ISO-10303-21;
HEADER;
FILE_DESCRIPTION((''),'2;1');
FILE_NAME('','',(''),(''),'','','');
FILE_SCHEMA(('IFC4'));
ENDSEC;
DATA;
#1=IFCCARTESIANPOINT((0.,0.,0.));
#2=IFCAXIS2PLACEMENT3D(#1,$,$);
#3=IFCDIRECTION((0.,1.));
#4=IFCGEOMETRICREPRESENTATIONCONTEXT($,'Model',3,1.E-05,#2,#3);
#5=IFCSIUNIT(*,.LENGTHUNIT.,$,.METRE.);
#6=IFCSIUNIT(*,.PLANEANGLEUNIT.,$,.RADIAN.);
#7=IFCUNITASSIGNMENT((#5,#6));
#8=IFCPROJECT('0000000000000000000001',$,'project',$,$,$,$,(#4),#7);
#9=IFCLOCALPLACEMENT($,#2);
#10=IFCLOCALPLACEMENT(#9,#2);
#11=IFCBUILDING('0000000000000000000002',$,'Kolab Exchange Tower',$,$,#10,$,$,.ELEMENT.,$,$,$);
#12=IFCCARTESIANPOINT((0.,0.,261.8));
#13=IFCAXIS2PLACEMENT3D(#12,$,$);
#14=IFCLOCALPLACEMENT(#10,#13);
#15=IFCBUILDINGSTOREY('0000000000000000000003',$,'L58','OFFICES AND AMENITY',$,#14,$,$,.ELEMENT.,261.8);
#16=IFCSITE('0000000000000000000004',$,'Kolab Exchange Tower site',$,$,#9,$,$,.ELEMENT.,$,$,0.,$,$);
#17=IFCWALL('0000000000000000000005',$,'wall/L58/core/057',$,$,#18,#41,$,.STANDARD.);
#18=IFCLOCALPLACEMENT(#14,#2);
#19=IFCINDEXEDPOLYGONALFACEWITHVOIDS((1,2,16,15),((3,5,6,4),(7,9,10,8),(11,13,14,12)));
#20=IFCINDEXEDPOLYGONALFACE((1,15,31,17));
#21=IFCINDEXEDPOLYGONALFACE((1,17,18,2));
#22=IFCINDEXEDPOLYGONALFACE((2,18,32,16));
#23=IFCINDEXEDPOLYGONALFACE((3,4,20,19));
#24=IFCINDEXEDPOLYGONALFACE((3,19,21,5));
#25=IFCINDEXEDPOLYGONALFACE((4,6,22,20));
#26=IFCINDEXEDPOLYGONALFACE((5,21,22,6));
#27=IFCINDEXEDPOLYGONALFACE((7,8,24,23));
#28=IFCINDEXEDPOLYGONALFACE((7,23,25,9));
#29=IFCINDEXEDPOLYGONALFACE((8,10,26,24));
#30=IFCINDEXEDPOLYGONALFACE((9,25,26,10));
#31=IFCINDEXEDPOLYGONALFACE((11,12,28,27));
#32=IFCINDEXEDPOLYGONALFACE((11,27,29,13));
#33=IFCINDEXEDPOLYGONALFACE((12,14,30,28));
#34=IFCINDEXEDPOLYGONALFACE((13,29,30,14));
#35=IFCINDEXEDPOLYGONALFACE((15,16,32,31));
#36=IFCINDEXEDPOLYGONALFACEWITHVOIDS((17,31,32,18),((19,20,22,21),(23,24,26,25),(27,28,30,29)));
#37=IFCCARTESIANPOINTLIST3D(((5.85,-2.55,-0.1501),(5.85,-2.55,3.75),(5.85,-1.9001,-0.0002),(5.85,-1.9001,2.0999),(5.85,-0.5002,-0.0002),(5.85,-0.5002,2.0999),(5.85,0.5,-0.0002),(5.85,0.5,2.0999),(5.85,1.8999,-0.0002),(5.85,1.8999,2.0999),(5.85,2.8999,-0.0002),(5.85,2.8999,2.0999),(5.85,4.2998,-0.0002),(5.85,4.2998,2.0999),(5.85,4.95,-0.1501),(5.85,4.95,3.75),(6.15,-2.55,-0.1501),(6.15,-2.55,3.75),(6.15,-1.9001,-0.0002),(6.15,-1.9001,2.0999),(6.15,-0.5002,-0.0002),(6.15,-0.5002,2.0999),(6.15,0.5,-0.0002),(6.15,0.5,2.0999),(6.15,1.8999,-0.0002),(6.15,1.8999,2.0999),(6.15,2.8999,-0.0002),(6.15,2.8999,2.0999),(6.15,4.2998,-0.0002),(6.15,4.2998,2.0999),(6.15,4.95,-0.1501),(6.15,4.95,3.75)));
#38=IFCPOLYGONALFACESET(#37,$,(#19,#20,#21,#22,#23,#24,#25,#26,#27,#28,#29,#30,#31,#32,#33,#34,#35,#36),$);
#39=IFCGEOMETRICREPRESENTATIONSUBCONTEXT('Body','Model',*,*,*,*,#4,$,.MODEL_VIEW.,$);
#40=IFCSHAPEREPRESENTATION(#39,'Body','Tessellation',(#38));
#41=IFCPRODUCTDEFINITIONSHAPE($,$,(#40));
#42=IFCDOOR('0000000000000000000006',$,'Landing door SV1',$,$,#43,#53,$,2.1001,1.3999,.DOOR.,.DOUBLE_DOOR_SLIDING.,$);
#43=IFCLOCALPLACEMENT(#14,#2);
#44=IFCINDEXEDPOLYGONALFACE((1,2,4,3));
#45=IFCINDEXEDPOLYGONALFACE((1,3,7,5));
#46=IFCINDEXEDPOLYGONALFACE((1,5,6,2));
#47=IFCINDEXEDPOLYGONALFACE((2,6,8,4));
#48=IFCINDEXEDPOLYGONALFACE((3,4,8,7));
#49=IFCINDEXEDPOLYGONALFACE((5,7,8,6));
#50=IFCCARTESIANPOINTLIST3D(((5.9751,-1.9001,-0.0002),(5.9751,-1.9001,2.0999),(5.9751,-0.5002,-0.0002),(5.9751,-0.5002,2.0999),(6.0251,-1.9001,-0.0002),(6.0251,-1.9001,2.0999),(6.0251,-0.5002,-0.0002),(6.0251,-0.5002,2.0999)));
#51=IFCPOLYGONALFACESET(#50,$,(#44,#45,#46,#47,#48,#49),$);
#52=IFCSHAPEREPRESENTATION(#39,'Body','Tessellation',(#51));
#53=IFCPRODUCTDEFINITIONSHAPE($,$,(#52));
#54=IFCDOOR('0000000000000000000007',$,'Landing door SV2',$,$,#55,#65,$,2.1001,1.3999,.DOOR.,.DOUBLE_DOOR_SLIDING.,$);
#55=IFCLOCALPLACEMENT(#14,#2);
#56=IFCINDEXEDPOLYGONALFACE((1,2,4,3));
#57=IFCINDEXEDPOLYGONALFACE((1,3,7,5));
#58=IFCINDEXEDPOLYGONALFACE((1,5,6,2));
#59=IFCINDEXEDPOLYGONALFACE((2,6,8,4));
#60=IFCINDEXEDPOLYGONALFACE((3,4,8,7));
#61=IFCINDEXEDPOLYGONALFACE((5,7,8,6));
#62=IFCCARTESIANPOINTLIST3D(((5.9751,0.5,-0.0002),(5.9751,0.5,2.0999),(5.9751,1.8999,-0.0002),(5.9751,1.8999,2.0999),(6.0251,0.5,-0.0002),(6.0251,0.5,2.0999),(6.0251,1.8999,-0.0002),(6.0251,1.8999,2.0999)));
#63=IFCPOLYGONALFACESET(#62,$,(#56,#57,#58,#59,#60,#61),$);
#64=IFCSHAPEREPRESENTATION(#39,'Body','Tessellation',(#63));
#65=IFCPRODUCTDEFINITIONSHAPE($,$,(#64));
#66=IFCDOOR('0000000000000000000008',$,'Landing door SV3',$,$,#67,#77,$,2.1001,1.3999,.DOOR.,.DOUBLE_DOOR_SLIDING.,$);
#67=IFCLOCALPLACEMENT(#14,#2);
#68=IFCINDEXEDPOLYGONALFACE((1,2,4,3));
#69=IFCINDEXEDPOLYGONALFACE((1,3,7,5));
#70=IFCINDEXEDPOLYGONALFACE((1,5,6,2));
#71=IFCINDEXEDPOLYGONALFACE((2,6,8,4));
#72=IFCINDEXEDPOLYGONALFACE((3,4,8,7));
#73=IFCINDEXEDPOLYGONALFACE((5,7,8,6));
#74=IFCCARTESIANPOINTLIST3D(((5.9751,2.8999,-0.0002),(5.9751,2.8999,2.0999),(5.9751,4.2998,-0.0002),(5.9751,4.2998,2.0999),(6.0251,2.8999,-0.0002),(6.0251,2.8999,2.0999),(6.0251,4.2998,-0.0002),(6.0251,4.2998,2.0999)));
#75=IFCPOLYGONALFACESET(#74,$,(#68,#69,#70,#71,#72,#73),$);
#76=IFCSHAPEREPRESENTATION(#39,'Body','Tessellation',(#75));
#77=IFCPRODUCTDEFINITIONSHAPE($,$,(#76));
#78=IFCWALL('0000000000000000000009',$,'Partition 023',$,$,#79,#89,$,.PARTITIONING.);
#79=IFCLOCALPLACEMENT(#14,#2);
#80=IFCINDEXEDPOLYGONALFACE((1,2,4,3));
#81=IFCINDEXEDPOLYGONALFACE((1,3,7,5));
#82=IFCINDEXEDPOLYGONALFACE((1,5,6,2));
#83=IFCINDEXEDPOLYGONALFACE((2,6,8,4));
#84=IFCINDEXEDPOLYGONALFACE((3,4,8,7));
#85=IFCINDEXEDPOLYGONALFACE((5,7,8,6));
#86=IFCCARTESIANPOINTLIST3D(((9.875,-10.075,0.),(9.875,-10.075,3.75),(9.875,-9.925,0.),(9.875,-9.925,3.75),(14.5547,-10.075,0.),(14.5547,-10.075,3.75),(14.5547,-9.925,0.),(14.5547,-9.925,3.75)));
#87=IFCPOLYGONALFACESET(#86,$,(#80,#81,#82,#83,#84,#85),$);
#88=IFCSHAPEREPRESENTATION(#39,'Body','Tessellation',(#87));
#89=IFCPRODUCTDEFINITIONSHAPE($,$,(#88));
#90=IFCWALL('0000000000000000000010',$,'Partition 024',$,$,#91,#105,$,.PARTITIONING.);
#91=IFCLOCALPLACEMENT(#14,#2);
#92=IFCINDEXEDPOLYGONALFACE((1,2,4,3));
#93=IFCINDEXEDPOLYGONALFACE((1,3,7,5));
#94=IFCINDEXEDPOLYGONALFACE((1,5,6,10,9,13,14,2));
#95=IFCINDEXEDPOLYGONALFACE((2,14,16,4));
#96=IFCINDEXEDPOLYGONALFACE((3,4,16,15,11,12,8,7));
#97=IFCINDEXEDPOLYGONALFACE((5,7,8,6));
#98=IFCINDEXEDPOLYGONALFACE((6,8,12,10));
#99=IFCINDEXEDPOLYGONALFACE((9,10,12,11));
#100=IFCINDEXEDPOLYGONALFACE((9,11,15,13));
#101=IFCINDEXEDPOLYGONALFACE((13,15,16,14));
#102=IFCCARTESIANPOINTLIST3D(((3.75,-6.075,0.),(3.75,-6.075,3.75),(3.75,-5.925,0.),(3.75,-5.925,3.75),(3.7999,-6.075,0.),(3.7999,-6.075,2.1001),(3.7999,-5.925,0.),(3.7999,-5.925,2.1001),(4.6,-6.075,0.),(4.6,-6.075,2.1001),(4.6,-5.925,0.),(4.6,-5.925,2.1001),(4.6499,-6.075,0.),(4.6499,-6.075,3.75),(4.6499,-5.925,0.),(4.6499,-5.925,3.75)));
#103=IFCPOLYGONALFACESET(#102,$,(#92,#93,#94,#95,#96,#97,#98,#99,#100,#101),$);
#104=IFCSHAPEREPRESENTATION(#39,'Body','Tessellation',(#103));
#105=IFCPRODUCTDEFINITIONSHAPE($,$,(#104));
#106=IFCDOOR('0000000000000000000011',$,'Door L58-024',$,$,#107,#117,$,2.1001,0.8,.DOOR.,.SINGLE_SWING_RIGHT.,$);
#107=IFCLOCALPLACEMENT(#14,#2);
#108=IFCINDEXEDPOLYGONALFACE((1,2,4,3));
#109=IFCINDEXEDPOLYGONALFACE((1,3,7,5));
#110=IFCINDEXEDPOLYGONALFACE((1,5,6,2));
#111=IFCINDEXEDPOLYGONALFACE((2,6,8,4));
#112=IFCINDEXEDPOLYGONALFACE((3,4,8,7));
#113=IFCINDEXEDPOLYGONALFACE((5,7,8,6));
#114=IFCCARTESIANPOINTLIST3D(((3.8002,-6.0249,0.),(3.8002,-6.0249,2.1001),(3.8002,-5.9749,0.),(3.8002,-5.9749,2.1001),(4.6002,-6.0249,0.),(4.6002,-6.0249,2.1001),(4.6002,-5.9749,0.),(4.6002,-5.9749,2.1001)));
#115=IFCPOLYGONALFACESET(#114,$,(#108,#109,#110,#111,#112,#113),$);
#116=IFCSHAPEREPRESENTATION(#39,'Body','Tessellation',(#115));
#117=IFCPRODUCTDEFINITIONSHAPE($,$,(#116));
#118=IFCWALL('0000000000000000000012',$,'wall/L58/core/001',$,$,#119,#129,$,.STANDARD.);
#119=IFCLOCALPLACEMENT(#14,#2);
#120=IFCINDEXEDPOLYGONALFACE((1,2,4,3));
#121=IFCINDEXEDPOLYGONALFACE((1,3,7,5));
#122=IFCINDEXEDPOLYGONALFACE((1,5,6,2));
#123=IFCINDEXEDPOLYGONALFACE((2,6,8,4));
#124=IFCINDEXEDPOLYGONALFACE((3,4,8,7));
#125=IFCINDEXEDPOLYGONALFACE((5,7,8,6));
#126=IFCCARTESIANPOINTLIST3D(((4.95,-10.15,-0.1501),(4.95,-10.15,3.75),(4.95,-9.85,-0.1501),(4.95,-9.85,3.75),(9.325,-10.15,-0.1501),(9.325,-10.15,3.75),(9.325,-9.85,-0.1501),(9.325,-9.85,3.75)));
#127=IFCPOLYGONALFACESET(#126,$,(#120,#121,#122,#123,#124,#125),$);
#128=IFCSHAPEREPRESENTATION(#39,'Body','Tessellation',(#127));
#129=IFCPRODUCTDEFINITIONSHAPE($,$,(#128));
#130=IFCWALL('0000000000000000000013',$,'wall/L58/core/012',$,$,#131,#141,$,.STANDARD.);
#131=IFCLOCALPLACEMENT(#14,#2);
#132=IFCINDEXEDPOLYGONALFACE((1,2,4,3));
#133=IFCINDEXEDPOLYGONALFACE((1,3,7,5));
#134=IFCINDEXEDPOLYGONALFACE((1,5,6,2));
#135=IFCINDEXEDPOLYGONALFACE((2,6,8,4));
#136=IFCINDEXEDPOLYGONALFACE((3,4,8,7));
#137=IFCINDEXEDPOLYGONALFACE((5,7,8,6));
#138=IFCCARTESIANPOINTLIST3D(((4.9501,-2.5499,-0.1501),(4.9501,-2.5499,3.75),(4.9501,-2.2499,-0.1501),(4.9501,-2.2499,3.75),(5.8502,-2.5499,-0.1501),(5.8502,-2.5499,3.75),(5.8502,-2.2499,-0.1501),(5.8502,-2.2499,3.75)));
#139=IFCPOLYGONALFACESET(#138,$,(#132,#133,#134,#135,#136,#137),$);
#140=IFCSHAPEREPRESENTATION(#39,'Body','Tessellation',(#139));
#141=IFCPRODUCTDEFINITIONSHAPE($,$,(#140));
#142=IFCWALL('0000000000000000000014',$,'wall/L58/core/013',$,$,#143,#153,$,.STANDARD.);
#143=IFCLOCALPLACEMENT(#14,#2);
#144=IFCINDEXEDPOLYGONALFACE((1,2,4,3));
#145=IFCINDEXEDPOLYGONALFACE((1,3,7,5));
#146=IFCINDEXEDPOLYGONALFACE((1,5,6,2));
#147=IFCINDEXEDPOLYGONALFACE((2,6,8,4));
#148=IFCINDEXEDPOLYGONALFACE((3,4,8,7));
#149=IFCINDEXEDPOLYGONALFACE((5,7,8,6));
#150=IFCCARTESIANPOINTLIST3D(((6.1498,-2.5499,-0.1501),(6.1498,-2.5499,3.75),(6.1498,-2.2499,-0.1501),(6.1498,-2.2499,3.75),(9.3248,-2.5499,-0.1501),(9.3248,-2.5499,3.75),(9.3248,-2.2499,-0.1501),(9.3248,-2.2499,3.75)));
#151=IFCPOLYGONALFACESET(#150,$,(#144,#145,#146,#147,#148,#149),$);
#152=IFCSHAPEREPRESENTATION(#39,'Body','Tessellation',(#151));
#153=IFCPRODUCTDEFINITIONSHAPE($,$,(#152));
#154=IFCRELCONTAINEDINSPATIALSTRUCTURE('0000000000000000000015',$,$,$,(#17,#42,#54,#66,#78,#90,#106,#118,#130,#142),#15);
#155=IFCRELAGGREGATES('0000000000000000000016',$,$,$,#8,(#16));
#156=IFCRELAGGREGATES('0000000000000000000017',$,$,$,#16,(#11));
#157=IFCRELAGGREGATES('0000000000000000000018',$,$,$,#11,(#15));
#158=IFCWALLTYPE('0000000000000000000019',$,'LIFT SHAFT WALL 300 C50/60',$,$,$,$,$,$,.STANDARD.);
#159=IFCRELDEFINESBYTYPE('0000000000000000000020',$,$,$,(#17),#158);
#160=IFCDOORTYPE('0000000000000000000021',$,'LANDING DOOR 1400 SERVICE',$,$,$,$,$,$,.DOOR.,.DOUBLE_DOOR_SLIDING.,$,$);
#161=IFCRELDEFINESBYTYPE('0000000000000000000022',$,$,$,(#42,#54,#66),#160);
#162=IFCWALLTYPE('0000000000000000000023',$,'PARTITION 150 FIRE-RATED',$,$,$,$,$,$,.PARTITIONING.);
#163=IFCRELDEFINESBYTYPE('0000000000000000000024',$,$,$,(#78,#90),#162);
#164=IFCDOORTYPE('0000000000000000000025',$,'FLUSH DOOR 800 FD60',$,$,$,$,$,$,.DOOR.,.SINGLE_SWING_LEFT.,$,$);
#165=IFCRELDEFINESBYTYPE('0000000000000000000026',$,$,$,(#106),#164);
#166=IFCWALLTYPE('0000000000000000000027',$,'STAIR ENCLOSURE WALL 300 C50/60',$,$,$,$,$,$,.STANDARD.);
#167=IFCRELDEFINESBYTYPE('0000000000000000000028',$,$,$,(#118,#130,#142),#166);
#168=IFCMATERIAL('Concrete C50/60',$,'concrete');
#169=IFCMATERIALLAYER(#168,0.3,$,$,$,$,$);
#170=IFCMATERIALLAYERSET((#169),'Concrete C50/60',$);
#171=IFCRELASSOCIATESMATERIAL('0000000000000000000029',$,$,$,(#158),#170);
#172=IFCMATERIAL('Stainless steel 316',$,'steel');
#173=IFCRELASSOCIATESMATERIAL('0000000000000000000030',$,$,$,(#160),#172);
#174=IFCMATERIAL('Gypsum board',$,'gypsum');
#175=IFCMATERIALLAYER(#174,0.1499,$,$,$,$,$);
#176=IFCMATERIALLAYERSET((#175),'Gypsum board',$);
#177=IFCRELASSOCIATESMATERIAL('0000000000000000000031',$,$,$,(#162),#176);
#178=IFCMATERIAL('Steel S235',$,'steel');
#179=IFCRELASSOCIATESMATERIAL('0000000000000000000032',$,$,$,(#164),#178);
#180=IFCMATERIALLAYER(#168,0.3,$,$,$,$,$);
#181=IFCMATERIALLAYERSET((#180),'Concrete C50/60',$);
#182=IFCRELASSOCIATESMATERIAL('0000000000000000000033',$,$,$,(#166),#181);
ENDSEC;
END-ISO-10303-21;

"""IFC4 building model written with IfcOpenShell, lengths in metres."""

from ifc_helpers import new_model, si_unit, direction, frame, frame_2d, origin, place, context, subcontext, project, spatial, rectangle, extrude, material, layer, layer_set, type_object, element, fill, save


model = new_model("IFC4")

# Units and contexts
model_context = context("Model", 3, precision=1e-05, world=origin(), true_north=direction((0.0, 1.0)))
body_context = subcontext(model_context, "Body", "Model", "MODEL_VIEW")
ifc_project = project(units=[si_unit("LENGTHUNIT", "METRE"), si_unit("PLANEANGLEUNIT", "RADIAN")], contexts=[model_context])

# Site, building, storey
site_placement = place(None, origin())
site = spatial("IfcSite", under=ifc_project, at=site_placement, Name="Kolab Exchange Tower site", CompositionType="ELEMENT", RefElevation=0.0)
building_placement = place(site_placement, origin())
building = spatial("IfcBuilding", under=site, at=building_placement, Name="Kolab Exchange Tower", CompositionType="ELEMENT")
storey_placement = place(building_placement, frame((0.0, 0.0, 261.8)))
storey = spatial("IfcBuildingStorey", under=building, at=storey_placement, Name="L58", Description="OFFICES AND AMENITY", CompositionType="ELEMENT", Elevation=261.8)

# Shared definitions
ifc_material_1 = material(Name="Concrete C50/60", Category="concrete")
ifc_layer_1 = layer(ifc_material_1, 0.3)
ifc_layer_set_1 = layer_set([ifc_layer_1], Name="Concrete C50/60")
wall_type_1 = type_object("IfcWallType", Name="LIFT SHAFT WALL 300 C50/60", PredefinedType="STANDARD", material=ifc_layer_set_1)
ifc_material_2 = material(Name="Stainless steel 316", Category="steel")

# Wall, openings, doors
wall_1_placement = place(storey_placement, frame((6.0, -2.55, -0.1501), z_axis=(0.0, 0.0, 1.0), x_axis=(0.0, 1.0, 0.0)))
wall_1 = element("IfcWall", 1, at=wall_1_placement, inside=storey, type_object=wall_type_1, Name="wall/L58/core/057", PredefinedType="STANDARD", context=body_context, shape_type="SweptSolid", body=[
    extrude(rectangle(XDim=7.5, YDim=0.3, at=frame_2d((3.75, 0.0))), origin(), (0.0, 0.0, 1.0), 3.9001),
])
opening_1_placement = place(wall_1_placement, frame((0.6499, 0.0, 0.1499)))
opening_1 = element("IfcOpeningElement", 2, at=opening_1_placement, cuts=wall_1, PredefinedType="OPENING", context=body_context, shape_type="SweptSolid", body=[
    extrude(rectangle(XDim=1.3999, YDim=2.1001, at=frame_2d((0.7, 1.05))), frame((0.0, 0.1602, 0.0), z_axis=(0.0, -1.0, 0.0), x_axis=(1.0, 0.0, 0.0)), (0.0, 0.0, 1.0), 0.3201),
])
opening_2_placement = place(wall_1_placement, frame((3.05, 0.0, 0.1499)))
opening_2 = element("IfcOpeningElement", 3, at=opening_2_placement, cuts=wall_1, PredefinedType="OPENING", context=body_context, shape_type="SweptSolid", body=[
    extrude(rectangle(XDim=1.3999, YDim=2.1001, at=frame_2d((0.7, 1.05))), frame((0.0, 0.1602, 0.0), z_axis=(0.0, -1.0, 0.0), x_axis=(1.0, 0.0, 0.0)), (0.0, 0.0, 1.0), 0.3201),
])
opening_3_placement = place(wall_1_placement, frame((5.45, 0.0, 0.1499)))
opening_3 = element("IfcOpeningElement", 4, at=opening_3_placement, cuts=wall_1, PredefinedType="OPENING", context=body_context, shape_type="SweptSolid", body=[
    extrude(rectangle(XDim=1.3999, YDim=2.1001, at=frame_2d((0.7, 1.05))), frame((0.0, 0.1602, 0.0), z_axis=(0.0, -1.0, 0.0), x_axis=(1.0, 0.0, 0.0)), (0.0, 0.0, 1.0), 0.3201),
])
door_type_1 = type_object("IfcDoorType", Name="LANDING DOOR 1400 SERVICE", OperationType="DOUBLE_DOOR_SLIDING", PredefinedType="DOOR", material=ifc_material_2)
door_1_placement = place(opening_1_placement, origin())
door_1 = element("IfcDoor", 5, at=door_1_placement, inside=storey, type_object=door_type_1, Name="Landing door SV1", OperationType="DOUBLE_DOOR_SLIDING", OverallHeight=2.1001, OverallWidth=1.3999, PredefinedType="DOOR", context=body_context, shape_type="SweptSolid", body=[
    extrude(rectangle(XDim=1.3999, YDim=2.1001, at=frame_2d((0.7, 1.05))), frame((0.0, 0.0249, 0.0), z_axis=(0.0, -1.0, 0.0), x_axis=(1.0, 0.0, 0.0)), (0.0, 0.0, 1.0), 0.05),
])
fill(opening_1, door_1)
door_2_placement = place(opening_2_placement, origin())
door_2 = element("IfcDoor", 6, at=door_2_placement, inside=storey, type_object=door_type_1, Name="Landing door SV2", OperationType="DOUBLE_DOOR_SLIDING", OverallHeight=2.1001, OverallWidth=1.3999, PredefinedType="DOOR", context=body_context, shape_type="SweptSolid", body=[
    extrude(rectangle(XDim=1.3999, YDim=2.1001, at=frame_2d((0.7, 1.05))), frame((0.0, 0.0249, 0.0), z_axis=(0.0, -1.0, 0.0), x_axis=(1.0, 0.0, 0.0)), (0.0, 0.0, 1.0), 0.05),
])
fill(opening_2, door_2)
door_3_placement = place(opening_3_placement, origin())
door_3 = element("IfcDoor", 7, at=door_3_placement, inside=storey, type_object=door_type_1, Name="Landing door SV3", OperationType="DOUBLE_DOOR_SLIDING", OverallHeight=2.1001, OverallWidth=1.3999, PredefinedType="DOOR", context=body_context, shape_type="SweptSolid", body=[
    extrude(rectangle(XDim=1.3999, YDim=2.1001, at=frame_2d((0.7, 1.05))), frame((0.0, 0.0249, 0.0), z_axis=(0.0, -1.0, 0.0), x_axis=(1.0, 0.0, 0.0)), (0.0, 0.0, 1.0), 0.05),
])
fill(opening_3, door_3)

# Wall
ifc_material_3 = material(Name="Gypsum board", Category="gypsum")
ifc_layer_2 = layer(ifc_material_3, 0.1499)
ifc_layer_set_2 = layer_set([ifc_layer_2], Name="Gypsum board")
wall_type_2 = type_object("IfcWallType", Name="PARTITION 150 FIRE-RATED", PredefinedType="PARTITIONING", material=ifc_layer_set_2)
wall_2_placement = place(storey_placement, frame((9.875, -10.0, 0.0), z_axis=(0.0, 0.0, 1.0), x_axis=(1.0, 0.0, 0.0)))
element("IfcWall", 8, at=wall_2_placement, inside=storey, type_object=wall_type_2, Name="Partition 023", PredefinedType="PARTITIONING", context=body_context, shape_type="SweptSolid", body=[
    extrude(rectangle(XDim=4.6797, YDim=0.1499, at=frame_2d((2.3398, 0.0))), origin(), (0.0, 0.0, 1.0), 3.75),
])

# Wall, opening, door
wall_3_placement = place(storey_placement, frame((3.75, -6.0, 0.0), z_axis=(0.0, 0.0, 1.0), x_axis=(1.0, 0.0, 0.0)))
wall_3 = element("IfcWall", 9, at=wall_3_placement, inside=storey, type_object=wall_type_2, Name="Partition 024", PredefinedType="PARTITIONING", context=body_context, shape_type="SweptSolid", body=[
    extrude(rectangle(XDim=0.8999, YDim=0.1499, at=frame_2d((0.45, 0.0))), origin(), (0.0, 0.0, 1.0), 3.75),
])
opening_4_placement = place(wall_3_placement, frame((0.05, 0.0, 0.0)))
opening_4 = element("IfcOpeningElement", 10, at=opening_4_placement, cuts=wall_3, PredefinedType="OPENING", context=body_context, shape_type="SweptSolid", body=[
    extrude(rectangle(XDim=0.8, YDim=2.1001, at=frame_2d((0.3999, 1.05))), frame((0.0, 0.085, 0.0), z_axis=(0.0, -1.0, 0.0), x_axis=(1.0, 0.0, 0.0)), (0.0, 0.0, 1.0), 0.1699),
])
ifc_material_4 = material(Name="Steel S235", Category="steel")
door_type_2 = type_object("IfcDoorType", Name="FLUSH DOOR 800 FD60", OperationType="SINGLE_SWING_LEFT", PredefinedType="DOOR", material=ifc_material_4)
door_4_placement = place(opening_4_placement, frame((0.8, 0.0, 0.0), z_axis=(0.0, 0.0, 1.0), x_axis=(-1.0, 0.0, 0.0)))
door_4 = element("IfcDoor", 11, at=door_4_placement, inside=storey, type_object=door_type_2, Name="Door L58-024", OperationType="SINGLE_SWING_RIGHT", OverallHeight=2.1001, OverallWidth=0.8, PredefinedType="DOOR", context=body_context, shape_type="SweptSolid", body=[
    extrude(rectangle(XDim=0.8, YDim=2.1001, at=frame_2d((0.3999, 1.05))), frame((0.0, 0.0249, 0.0), z_axis=(0.0, -1.0, 0.0), x_axis=(1.0, 0.0, 0.0)), (0.0, 0.0, 1.0), 0.05),
])
fill(opening_4, door_4)

# Walls
ifc_layer_3 = layer(ifc_material_1, 0.3)
ifc_layer_set_3 = layer_set([ifc_layer_3], Name="Concrete C50/60")
wall_type_3 = type_object("IfcWallType", Name="STAIR ENCLOSURE WALL 300 C50/60", PredefinedType="STANDARD", material=ifc_layer_set_3)
wall_4_placement = place(storey_placement, frame((4.95, -10.0, -0.1501), z_axis=(0.0, 0.0, 1.0), x_axis=(1.0, 0.0, 0.0)))
element("IfcWall", 12, at=wall_4_placement, inside=storey, type_object=wall_type_3, Name="wall/L58/core/001", PredefinedType="STANDARD", context=body_context, shape_type="SweptSolid", body=[
    extrude(rectangle(XDim=4.375, YDim=0.3, at=frame_2d((2.1875, 0.0))), origin(), (0.0, 0.0, 1.0), 3.9001),
])
wall_5_placement = place(storey_placement, frame((4.95, -2.3999, -0.1501), z_axis=(0.0, 0.0, 1.0), x_axis=(1.0, 0.0, 0.0)))
element("IfcWall", 13, at=wall_5_placement, inside=storey, type_object=wall_type_3, Name="wall/L58/core/012", PredefinedType="STANDARD", context=body_context, shape_type="SweptSolid", body=[
    extrude(rectangle(XDim=0.9001, YDim=0.3, at=frame_2d((0.4502, 0.0))), origin(), (0.0, 0.0, 1.0), 3.9001),
])
wall_6_placement = place(storey_placement, frame((6.1499, -2.3999, -0.1501), z_axis=(0.0, 0.0, 1.0), x_axis=(1.0, 0.0, 0.0)))
element("IfcWall", 14, at=wall_6_placement, inside=storey, type_object=wall_type_3, Name="wall/L58/core/013", PredefinedType="STANDARD", context=body_context, shape_type="SweptSolid", body=[
    extrude(rectangle(XDim=3.175, YDim=0.3, at=frame_2d((1.5874, 0.0))), origin(), (0.0, 0.0, 1.0), 3.9001),
])

save(model, "model.ifc")
